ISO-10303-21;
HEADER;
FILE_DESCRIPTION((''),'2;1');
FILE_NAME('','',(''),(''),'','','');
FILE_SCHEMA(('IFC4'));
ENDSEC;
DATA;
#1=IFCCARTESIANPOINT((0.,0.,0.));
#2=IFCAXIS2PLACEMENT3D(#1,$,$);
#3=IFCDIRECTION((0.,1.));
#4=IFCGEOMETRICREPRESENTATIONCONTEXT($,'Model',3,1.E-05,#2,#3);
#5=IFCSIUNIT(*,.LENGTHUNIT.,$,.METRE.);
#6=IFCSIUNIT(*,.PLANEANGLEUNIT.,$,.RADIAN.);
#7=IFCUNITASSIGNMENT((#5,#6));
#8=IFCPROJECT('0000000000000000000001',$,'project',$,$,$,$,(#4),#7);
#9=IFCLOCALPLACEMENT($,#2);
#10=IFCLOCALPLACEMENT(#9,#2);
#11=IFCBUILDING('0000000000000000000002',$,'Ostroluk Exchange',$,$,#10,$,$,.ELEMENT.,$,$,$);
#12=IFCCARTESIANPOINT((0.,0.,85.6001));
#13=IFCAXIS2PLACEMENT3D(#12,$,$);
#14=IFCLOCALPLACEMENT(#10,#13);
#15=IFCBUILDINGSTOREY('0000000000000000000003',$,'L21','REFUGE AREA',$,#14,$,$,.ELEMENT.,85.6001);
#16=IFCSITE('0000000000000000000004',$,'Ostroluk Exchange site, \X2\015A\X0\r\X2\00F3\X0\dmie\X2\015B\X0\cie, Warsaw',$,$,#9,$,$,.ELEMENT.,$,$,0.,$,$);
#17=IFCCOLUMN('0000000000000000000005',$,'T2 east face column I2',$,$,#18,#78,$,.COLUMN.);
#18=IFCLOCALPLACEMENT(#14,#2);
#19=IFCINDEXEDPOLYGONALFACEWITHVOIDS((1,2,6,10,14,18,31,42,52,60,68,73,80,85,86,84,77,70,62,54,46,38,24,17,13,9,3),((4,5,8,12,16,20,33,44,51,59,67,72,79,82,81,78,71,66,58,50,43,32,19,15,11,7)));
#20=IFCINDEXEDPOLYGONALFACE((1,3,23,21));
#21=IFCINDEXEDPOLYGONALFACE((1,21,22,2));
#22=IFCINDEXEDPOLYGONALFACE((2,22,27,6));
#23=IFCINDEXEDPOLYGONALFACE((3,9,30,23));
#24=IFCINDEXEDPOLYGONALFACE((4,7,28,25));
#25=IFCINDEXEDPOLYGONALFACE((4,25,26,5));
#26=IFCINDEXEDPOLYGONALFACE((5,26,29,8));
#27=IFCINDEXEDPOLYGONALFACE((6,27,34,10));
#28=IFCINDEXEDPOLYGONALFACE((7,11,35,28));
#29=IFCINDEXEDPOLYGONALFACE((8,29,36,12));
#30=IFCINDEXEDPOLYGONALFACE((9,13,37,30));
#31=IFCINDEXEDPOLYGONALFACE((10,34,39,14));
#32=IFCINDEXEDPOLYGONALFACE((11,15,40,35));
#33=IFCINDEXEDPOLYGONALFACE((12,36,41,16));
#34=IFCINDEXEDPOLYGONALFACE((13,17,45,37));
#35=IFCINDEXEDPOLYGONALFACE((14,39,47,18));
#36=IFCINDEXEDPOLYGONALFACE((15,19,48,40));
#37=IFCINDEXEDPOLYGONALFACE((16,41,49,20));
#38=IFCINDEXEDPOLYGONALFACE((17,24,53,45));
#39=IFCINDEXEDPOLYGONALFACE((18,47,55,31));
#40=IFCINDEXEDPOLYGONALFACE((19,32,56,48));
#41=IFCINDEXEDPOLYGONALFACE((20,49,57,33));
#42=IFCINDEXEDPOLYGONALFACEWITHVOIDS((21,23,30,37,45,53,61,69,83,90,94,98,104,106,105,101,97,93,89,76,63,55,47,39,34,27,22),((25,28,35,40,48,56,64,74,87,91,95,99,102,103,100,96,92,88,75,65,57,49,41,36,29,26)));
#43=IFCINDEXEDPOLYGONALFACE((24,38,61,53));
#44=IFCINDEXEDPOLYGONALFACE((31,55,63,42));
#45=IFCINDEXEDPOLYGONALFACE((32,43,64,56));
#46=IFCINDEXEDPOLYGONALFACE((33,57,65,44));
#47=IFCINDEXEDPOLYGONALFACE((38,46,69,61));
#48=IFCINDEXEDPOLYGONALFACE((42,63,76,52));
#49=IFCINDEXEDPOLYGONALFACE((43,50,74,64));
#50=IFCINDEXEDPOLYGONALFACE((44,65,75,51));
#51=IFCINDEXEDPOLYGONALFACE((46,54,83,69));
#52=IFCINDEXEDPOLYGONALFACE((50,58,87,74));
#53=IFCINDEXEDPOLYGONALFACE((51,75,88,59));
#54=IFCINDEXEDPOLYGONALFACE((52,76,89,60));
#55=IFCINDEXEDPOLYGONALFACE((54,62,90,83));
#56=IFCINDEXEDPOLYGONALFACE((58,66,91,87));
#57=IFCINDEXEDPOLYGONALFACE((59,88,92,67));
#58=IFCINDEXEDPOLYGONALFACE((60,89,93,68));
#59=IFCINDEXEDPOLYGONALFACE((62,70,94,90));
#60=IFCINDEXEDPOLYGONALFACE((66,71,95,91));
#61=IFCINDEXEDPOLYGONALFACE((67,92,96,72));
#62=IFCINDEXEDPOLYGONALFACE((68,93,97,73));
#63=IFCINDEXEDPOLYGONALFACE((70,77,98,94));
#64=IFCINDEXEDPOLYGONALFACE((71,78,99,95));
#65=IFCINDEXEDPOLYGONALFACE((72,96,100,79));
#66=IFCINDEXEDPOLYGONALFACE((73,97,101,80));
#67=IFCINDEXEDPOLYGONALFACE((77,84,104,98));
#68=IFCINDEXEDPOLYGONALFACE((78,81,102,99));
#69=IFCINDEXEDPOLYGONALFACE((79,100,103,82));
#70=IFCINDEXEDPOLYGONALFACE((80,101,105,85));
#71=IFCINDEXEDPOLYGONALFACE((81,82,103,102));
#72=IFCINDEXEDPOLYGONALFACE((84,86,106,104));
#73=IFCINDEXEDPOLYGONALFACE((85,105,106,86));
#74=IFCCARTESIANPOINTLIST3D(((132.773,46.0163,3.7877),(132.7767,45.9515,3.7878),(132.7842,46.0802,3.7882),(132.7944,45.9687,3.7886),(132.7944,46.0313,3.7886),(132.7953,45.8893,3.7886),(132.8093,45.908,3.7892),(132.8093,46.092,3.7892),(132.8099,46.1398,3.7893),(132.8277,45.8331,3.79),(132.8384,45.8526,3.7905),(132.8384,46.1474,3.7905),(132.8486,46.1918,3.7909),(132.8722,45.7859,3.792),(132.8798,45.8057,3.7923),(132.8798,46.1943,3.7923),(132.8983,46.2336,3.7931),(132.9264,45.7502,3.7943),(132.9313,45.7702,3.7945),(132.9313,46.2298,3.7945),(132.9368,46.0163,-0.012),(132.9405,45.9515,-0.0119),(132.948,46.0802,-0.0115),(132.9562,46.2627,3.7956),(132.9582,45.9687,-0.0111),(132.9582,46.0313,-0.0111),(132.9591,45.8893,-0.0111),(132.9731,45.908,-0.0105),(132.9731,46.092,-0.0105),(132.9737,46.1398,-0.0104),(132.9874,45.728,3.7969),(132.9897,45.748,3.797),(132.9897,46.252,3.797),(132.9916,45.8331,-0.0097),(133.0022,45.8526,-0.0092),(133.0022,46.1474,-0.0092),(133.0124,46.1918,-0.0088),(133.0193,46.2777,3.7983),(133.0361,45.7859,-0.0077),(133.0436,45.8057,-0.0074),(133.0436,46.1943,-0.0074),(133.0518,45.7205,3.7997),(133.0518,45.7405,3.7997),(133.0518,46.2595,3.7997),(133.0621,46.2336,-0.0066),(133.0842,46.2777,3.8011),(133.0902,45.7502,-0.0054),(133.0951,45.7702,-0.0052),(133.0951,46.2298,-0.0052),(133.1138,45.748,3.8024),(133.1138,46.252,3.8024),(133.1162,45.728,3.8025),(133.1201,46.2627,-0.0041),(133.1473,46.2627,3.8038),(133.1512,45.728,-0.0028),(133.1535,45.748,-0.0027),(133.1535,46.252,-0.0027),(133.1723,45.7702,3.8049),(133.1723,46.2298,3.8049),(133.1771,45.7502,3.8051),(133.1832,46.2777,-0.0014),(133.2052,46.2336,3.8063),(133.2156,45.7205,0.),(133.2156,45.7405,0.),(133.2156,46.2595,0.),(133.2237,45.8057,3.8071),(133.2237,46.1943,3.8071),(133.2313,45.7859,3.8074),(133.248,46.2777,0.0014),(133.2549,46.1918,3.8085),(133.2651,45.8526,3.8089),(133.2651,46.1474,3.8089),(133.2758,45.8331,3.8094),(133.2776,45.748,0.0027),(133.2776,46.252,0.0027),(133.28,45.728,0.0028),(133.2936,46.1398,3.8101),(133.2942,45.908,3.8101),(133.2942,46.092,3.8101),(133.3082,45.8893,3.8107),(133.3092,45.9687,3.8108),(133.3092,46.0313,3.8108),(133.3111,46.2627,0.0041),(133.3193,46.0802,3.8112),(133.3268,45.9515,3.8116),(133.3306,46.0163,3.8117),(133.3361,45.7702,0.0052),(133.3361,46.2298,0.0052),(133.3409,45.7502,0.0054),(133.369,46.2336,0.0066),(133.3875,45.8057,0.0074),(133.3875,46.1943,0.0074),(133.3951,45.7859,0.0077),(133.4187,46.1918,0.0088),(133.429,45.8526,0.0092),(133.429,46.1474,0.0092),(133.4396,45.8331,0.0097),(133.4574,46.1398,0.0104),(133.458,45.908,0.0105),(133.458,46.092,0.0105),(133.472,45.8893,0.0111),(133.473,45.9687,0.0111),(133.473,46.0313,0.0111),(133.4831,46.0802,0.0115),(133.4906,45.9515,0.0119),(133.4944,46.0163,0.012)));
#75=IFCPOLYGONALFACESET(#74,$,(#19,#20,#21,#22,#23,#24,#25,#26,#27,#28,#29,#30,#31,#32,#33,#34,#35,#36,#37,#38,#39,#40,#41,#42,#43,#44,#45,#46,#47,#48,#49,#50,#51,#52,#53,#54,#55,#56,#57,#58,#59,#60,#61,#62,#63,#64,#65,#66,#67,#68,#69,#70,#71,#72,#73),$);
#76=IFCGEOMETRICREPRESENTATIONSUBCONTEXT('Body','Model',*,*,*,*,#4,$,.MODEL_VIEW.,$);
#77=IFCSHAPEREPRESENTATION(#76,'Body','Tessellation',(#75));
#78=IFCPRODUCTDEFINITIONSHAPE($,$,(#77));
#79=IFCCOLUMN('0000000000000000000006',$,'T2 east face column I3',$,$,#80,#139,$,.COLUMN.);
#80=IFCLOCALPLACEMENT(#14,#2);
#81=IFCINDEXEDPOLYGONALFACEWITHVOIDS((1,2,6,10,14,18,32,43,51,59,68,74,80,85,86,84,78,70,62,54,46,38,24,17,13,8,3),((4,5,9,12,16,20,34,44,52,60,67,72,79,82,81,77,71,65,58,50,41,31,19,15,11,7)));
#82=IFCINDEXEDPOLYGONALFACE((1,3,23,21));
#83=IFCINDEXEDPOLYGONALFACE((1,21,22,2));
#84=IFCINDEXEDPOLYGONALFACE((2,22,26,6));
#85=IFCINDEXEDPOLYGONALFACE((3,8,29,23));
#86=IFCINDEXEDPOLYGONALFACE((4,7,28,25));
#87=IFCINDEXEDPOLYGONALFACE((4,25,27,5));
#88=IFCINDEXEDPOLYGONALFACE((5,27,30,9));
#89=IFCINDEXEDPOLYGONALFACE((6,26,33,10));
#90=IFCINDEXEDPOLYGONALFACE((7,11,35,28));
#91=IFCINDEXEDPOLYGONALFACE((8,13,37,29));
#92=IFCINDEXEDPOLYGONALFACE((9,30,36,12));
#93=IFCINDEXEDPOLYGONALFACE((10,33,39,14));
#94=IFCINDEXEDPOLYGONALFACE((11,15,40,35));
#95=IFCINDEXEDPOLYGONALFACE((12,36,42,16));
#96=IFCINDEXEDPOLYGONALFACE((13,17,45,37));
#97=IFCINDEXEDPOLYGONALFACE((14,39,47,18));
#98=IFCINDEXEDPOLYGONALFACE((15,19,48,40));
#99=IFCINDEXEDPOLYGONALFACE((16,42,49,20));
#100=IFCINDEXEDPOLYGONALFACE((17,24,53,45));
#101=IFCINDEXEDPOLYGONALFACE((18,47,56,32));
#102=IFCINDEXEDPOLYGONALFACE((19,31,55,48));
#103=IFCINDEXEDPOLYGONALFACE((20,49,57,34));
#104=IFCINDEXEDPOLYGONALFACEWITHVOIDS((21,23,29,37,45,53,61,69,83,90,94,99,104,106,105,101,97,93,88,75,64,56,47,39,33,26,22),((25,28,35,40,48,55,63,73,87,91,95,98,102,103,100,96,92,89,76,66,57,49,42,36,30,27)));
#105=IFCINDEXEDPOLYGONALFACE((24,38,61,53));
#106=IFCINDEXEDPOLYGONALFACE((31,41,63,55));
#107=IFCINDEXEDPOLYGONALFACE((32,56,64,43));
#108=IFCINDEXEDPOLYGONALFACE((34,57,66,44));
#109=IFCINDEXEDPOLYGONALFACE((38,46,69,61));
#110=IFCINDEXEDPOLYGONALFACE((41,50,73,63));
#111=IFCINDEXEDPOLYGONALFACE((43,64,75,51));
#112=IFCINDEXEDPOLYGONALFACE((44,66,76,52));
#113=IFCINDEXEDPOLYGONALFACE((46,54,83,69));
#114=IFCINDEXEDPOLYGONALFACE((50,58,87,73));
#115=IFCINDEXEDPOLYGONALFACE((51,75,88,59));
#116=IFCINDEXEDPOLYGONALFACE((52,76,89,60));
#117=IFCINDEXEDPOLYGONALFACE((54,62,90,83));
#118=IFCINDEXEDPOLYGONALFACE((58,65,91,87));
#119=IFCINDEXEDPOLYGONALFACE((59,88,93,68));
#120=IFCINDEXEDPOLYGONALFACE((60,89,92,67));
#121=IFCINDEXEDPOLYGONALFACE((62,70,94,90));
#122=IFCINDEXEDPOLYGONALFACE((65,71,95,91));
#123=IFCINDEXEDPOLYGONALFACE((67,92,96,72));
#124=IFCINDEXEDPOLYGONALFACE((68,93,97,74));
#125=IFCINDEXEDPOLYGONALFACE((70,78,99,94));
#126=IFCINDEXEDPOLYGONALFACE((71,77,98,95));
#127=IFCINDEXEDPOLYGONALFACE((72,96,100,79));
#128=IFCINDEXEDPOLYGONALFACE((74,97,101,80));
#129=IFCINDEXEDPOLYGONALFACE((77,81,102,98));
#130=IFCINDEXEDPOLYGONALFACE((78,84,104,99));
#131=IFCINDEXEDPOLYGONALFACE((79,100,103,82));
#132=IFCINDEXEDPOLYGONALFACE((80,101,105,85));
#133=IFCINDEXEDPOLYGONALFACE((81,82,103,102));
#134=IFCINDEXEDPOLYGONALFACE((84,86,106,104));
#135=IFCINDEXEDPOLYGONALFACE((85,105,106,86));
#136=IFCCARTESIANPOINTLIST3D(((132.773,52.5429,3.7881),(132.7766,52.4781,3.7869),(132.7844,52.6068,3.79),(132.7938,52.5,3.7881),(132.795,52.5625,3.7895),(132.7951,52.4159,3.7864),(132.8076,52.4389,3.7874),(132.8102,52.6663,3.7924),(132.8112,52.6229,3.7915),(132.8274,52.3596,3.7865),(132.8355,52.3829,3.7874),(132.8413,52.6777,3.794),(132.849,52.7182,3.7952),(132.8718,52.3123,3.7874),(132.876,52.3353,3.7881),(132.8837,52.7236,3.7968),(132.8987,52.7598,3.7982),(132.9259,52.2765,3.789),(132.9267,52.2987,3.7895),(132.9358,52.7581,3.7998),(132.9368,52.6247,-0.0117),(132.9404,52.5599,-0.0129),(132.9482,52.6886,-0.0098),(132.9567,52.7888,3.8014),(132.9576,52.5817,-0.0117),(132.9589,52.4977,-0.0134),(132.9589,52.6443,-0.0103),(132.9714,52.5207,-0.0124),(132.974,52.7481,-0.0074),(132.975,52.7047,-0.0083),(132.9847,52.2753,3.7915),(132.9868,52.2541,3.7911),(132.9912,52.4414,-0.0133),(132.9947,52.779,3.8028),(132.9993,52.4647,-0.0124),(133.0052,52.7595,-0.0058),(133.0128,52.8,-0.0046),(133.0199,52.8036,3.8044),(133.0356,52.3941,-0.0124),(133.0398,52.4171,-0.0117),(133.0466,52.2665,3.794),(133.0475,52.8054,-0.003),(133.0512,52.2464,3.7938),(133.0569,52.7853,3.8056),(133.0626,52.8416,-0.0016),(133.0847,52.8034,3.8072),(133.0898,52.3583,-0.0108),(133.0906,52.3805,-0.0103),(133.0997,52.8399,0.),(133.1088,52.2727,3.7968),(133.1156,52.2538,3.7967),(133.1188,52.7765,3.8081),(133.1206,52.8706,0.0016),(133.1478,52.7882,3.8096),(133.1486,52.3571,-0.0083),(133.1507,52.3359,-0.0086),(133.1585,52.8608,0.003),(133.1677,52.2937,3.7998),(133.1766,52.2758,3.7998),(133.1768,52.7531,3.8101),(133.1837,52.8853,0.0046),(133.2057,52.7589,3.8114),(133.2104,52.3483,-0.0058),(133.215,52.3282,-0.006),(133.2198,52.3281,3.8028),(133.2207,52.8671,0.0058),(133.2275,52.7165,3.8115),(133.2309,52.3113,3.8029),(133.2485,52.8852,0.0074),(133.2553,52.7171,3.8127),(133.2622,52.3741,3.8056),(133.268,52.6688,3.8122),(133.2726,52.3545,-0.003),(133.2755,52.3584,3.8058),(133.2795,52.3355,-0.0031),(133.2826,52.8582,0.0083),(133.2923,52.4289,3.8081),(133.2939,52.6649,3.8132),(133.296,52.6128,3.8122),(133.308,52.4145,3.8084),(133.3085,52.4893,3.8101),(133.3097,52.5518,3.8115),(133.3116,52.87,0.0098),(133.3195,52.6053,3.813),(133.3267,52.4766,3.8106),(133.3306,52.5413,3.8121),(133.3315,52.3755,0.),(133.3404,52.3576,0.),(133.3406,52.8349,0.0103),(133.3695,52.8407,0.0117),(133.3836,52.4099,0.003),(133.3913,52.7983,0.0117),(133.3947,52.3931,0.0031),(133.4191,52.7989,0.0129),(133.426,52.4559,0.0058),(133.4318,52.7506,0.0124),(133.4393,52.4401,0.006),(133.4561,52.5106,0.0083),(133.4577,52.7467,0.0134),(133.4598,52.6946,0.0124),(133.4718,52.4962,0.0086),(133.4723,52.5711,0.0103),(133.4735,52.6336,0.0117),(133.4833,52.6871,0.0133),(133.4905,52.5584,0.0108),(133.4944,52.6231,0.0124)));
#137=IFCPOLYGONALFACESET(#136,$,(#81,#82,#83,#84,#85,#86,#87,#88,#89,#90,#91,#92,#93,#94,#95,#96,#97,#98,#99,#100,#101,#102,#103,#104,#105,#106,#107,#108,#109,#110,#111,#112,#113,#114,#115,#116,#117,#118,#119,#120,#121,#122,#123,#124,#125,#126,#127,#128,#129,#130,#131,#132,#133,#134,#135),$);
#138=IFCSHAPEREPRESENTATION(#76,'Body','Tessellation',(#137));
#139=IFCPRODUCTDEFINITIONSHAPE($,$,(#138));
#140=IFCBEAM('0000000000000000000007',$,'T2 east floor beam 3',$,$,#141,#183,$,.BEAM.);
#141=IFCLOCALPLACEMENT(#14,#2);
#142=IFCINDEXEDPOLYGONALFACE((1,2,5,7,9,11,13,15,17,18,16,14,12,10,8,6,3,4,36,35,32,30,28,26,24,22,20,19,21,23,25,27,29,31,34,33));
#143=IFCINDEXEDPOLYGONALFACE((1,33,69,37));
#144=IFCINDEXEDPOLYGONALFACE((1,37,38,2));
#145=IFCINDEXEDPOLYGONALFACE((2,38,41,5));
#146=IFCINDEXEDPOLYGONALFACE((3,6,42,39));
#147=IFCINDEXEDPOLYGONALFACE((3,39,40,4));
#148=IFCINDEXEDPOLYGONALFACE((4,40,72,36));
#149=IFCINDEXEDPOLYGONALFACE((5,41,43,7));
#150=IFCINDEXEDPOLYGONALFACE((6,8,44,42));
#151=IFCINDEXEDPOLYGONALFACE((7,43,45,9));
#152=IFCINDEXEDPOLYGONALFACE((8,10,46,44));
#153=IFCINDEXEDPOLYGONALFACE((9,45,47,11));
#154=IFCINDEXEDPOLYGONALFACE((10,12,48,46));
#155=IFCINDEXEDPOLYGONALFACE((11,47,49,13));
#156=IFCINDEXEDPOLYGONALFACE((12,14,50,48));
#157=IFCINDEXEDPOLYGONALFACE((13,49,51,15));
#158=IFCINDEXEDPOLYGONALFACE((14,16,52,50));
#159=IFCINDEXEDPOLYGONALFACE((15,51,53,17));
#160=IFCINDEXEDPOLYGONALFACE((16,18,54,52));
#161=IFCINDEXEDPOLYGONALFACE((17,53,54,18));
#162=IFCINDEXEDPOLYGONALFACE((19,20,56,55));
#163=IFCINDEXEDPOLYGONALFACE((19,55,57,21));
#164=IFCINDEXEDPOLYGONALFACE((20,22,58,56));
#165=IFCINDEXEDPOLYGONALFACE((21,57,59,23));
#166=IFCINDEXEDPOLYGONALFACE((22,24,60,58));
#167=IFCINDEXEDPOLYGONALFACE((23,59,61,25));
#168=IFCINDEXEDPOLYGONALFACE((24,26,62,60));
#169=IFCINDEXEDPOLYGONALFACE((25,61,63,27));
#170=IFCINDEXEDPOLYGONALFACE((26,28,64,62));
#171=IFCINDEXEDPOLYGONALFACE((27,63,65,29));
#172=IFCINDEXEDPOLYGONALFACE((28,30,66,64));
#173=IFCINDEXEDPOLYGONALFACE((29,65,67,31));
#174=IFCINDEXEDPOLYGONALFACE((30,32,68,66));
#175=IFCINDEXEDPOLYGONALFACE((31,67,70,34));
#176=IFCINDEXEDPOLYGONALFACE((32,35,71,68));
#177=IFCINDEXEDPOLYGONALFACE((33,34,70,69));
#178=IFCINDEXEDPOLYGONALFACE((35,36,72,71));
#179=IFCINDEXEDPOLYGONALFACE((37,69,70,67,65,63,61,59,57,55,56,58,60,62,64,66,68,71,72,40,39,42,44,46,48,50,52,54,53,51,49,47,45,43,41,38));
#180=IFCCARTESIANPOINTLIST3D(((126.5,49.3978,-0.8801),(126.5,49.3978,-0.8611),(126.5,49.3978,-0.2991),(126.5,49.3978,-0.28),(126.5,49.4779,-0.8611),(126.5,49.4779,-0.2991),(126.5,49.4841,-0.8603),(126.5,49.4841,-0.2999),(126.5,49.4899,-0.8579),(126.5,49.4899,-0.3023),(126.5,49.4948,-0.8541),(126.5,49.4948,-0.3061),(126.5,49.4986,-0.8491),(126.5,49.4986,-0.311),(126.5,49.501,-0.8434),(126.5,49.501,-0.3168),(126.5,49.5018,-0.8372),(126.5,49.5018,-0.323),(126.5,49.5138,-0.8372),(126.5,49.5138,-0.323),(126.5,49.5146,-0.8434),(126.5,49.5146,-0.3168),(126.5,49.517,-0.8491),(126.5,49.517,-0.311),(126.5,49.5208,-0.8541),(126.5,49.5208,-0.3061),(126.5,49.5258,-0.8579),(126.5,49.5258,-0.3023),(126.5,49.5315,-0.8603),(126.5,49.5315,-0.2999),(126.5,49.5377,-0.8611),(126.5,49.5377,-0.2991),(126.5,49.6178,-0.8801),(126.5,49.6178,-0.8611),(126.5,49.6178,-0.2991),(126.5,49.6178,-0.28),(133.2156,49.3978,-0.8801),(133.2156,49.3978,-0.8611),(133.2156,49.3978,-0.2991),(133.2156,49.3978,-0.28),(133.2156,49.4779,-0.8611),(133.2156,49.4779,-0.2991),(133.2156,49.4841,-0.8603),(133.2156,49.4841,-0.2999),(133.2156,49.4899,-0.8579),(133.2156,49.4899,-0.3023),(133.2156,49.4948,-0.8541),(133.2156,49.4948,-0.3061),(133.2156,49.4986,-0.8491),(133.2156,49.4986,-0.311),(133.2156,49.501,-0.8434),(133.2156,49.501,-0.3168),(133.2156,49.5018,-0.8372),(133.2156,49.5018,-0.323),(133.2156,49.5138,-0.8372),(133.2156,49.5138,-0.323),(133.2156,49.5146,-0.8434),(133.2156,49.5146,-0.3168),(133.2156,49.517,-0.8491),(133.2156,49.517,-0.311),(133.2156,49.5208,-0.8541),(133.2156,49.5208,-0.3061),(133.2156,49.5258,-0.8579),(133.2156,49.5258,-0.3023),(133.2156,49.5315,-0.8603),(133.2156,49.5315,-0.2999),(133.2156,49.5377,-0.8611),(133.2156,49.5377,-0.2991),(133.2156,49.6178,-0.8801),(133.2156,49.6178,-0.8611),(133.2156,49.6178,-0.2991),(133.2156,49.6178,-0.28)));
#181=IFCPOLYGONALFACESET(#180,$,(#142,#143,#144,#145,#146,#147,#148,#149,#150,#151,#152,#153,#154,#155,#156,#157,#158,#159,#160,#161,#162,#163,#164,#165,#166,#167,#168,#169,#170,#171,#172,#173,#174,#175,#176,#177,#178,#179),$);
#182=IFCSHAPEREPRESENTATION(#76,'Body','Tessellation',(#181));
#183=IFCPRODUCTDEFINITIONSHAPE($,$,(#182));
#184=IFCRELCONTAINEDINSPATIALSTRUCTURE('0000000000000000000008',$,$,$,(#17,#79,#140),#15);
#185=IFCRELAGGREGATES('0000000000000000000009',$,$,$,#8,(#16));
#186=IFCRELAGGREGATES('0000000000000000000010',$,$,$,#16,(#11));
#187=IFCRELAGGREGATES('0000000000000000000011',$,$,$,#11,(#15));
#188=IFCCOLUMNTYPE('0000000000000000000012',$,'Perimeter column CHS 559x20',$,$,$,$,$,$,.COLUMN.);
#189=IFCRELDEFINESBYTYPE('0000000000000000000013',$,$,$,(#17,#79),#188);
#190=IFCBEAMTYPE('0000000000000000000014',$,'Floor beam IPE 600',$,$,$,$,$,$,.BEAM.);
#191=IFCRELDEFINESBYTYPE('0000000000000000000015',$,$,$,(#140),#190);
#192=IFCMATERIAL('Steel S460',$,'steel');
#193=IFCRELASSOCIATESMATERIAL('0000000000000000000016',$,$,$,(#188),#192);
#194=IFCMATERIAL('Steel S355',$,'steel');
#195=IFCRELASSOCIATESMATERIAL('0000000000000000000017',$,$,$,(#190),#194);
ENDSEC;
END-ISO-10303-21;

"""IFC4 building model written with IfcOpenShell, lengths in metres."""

from ifc_helpers import new_model, si_unit, direction, frame, origin, origin_2d, place, context, subcontext, project, spatial, hollow_circle, i_section, extrude, material, material_profile, profile_set, type_object, element, save


model = new_model("IFC4")

# Units and contexts
model_context = context("Model", 3, precision=1e-05, world=origin(), true_north=direction((0.0, 1.0)))
body_context = subcontext(model_context, "Body", "Model", "MODEL_VIEW")
ifc_project = project(units=[si_unit("LENGTHUNIT", "METRE"), si_unit("PLANEANGLEUNIT", "RADIAN")], contexts=[model_context])

# Site, building, storey
site_placement = place(None, origin())
site = spatial("IfcSite", under=ifc_project, at=site_placement, Name="Ostroluk Exchange site, Śródmieście, Warsaw", CompositionType="ELEMENT", RefElevation=0.0)
building_placement = place(site_placement, origin())
building = spatial("IfcBuilding", under=site, at=building_placement, Name="Ostroluk Exchange", CompositionType="ELEMENT")
storey_placement = place(building_placement, frame((0.0, 0.0, 85.6001)))
storey = spatial("IfcBuildingStorey", under=building, at=storey_placement, Name="L21", Description="REFUGE AREA", CompositionType="ELEMENT", Elevation=85.6001)

# Columns
ifc_material_1 = material(Name="Steel S460", Category="steel")
ifc_material_profile_1 = material_profile(ifc_material_1, hollow_circle(Radius=0.2795, WallThickness=0.02, at=origin_2d()), Name="CHS 559x20")
ifc_profile_set_1 = profile_set([ifc_material_profile_1], Name="Steel S460")
column_type = type_object("IfcColumnType", Name="Perimeter column CHS 559x20", PredefinedType="COLUMN", material=ifc_profile_set_1)
column_1_placement = place(storey_placement, frame((133.2156, 46.0, 0.0), z_axis=(-0.043072, 0.0, 0.999072), x_axis=(0.0, -1.0, 0.0)))
element("IfcColumn", 1, at=column_1_placement, inside=storey, type_object=column_type, Name="T2 east face column I2", PredefinedType="COLUMN", context=body_context, shape_type="SweptSolid", body=[
    extrude(hollow_circle(Radius=0.2795, WallThickness=0.02, at=origin_2d()), origin(), (0.0, 0.0, 1.0), 3.8032),
])
column_2_placement = place(storey_placement, frame((133.2156, 52.6077, 0.0), z_axis=(-0.043062, -0.021499, 0.998841), x_axis=(0.44668, -0.894694, 0.0)))
element("IfcColumn", 2, at=column_2_placement, inside=storey, type_object=column_type, Name="T2 east face column I3", PredefinedType="COLUMN", context=body_context, shape_type="SweptSolid", body=[
    extrude(hollow_circle(Radius=0.2795, WallThickness=0.02, at=origin_2d()), origin(), (0.0, 0.0, 1.0), 3.8042),
])

# Beam
ifc_material_2 = material(Name="Steel S355", Category="steel")
ifc_material_profile_2 = material_profile(ifc_material_2, i_section(OverallWidth=0.22, OverallDepth=0.6001, WebThickness=0.012, FlangeThickness=0.019, FilletRadius=0.0239, at=origin_2d()), Name="IPE 600")
ifc_profile_set_2 = profile_set([ifc_material_profile_2], Name="Steel S355")
beam_type_1 = type_object("IfcBeamType", Name="Floor beam IPE 600", PredefinedType="BEAM", material=ifc_profile_set_2)
for number, where, z_axis, x_axis, name in (
    (3, (126.5, 49.5078, -0.5801), (1.0, 0.0, 0.0), (0.0, 1.0, 0.0), "T2 east floor beam 3"),
):
    element("IfcBeam", number, at=place(storey_placement, frame(where, z_axis=z_axis, x_axis=x_axis)), inside=storey, type_object=beam_type_1, Name=name, PredefinedType="BEAM", context=body_context, shape_type="SweptSolid", body=[
        extrude(i_section(OverallWidth=0.22, OverallDepth=0.6001, WebThickness=0.012, FlangeThickness=0.019, FilletRadius=0.0239, at=origin_2d()), origin(), (0.0, 0.0, 1.0), 6.7156),
    ])

save(model, "model.ifc")
